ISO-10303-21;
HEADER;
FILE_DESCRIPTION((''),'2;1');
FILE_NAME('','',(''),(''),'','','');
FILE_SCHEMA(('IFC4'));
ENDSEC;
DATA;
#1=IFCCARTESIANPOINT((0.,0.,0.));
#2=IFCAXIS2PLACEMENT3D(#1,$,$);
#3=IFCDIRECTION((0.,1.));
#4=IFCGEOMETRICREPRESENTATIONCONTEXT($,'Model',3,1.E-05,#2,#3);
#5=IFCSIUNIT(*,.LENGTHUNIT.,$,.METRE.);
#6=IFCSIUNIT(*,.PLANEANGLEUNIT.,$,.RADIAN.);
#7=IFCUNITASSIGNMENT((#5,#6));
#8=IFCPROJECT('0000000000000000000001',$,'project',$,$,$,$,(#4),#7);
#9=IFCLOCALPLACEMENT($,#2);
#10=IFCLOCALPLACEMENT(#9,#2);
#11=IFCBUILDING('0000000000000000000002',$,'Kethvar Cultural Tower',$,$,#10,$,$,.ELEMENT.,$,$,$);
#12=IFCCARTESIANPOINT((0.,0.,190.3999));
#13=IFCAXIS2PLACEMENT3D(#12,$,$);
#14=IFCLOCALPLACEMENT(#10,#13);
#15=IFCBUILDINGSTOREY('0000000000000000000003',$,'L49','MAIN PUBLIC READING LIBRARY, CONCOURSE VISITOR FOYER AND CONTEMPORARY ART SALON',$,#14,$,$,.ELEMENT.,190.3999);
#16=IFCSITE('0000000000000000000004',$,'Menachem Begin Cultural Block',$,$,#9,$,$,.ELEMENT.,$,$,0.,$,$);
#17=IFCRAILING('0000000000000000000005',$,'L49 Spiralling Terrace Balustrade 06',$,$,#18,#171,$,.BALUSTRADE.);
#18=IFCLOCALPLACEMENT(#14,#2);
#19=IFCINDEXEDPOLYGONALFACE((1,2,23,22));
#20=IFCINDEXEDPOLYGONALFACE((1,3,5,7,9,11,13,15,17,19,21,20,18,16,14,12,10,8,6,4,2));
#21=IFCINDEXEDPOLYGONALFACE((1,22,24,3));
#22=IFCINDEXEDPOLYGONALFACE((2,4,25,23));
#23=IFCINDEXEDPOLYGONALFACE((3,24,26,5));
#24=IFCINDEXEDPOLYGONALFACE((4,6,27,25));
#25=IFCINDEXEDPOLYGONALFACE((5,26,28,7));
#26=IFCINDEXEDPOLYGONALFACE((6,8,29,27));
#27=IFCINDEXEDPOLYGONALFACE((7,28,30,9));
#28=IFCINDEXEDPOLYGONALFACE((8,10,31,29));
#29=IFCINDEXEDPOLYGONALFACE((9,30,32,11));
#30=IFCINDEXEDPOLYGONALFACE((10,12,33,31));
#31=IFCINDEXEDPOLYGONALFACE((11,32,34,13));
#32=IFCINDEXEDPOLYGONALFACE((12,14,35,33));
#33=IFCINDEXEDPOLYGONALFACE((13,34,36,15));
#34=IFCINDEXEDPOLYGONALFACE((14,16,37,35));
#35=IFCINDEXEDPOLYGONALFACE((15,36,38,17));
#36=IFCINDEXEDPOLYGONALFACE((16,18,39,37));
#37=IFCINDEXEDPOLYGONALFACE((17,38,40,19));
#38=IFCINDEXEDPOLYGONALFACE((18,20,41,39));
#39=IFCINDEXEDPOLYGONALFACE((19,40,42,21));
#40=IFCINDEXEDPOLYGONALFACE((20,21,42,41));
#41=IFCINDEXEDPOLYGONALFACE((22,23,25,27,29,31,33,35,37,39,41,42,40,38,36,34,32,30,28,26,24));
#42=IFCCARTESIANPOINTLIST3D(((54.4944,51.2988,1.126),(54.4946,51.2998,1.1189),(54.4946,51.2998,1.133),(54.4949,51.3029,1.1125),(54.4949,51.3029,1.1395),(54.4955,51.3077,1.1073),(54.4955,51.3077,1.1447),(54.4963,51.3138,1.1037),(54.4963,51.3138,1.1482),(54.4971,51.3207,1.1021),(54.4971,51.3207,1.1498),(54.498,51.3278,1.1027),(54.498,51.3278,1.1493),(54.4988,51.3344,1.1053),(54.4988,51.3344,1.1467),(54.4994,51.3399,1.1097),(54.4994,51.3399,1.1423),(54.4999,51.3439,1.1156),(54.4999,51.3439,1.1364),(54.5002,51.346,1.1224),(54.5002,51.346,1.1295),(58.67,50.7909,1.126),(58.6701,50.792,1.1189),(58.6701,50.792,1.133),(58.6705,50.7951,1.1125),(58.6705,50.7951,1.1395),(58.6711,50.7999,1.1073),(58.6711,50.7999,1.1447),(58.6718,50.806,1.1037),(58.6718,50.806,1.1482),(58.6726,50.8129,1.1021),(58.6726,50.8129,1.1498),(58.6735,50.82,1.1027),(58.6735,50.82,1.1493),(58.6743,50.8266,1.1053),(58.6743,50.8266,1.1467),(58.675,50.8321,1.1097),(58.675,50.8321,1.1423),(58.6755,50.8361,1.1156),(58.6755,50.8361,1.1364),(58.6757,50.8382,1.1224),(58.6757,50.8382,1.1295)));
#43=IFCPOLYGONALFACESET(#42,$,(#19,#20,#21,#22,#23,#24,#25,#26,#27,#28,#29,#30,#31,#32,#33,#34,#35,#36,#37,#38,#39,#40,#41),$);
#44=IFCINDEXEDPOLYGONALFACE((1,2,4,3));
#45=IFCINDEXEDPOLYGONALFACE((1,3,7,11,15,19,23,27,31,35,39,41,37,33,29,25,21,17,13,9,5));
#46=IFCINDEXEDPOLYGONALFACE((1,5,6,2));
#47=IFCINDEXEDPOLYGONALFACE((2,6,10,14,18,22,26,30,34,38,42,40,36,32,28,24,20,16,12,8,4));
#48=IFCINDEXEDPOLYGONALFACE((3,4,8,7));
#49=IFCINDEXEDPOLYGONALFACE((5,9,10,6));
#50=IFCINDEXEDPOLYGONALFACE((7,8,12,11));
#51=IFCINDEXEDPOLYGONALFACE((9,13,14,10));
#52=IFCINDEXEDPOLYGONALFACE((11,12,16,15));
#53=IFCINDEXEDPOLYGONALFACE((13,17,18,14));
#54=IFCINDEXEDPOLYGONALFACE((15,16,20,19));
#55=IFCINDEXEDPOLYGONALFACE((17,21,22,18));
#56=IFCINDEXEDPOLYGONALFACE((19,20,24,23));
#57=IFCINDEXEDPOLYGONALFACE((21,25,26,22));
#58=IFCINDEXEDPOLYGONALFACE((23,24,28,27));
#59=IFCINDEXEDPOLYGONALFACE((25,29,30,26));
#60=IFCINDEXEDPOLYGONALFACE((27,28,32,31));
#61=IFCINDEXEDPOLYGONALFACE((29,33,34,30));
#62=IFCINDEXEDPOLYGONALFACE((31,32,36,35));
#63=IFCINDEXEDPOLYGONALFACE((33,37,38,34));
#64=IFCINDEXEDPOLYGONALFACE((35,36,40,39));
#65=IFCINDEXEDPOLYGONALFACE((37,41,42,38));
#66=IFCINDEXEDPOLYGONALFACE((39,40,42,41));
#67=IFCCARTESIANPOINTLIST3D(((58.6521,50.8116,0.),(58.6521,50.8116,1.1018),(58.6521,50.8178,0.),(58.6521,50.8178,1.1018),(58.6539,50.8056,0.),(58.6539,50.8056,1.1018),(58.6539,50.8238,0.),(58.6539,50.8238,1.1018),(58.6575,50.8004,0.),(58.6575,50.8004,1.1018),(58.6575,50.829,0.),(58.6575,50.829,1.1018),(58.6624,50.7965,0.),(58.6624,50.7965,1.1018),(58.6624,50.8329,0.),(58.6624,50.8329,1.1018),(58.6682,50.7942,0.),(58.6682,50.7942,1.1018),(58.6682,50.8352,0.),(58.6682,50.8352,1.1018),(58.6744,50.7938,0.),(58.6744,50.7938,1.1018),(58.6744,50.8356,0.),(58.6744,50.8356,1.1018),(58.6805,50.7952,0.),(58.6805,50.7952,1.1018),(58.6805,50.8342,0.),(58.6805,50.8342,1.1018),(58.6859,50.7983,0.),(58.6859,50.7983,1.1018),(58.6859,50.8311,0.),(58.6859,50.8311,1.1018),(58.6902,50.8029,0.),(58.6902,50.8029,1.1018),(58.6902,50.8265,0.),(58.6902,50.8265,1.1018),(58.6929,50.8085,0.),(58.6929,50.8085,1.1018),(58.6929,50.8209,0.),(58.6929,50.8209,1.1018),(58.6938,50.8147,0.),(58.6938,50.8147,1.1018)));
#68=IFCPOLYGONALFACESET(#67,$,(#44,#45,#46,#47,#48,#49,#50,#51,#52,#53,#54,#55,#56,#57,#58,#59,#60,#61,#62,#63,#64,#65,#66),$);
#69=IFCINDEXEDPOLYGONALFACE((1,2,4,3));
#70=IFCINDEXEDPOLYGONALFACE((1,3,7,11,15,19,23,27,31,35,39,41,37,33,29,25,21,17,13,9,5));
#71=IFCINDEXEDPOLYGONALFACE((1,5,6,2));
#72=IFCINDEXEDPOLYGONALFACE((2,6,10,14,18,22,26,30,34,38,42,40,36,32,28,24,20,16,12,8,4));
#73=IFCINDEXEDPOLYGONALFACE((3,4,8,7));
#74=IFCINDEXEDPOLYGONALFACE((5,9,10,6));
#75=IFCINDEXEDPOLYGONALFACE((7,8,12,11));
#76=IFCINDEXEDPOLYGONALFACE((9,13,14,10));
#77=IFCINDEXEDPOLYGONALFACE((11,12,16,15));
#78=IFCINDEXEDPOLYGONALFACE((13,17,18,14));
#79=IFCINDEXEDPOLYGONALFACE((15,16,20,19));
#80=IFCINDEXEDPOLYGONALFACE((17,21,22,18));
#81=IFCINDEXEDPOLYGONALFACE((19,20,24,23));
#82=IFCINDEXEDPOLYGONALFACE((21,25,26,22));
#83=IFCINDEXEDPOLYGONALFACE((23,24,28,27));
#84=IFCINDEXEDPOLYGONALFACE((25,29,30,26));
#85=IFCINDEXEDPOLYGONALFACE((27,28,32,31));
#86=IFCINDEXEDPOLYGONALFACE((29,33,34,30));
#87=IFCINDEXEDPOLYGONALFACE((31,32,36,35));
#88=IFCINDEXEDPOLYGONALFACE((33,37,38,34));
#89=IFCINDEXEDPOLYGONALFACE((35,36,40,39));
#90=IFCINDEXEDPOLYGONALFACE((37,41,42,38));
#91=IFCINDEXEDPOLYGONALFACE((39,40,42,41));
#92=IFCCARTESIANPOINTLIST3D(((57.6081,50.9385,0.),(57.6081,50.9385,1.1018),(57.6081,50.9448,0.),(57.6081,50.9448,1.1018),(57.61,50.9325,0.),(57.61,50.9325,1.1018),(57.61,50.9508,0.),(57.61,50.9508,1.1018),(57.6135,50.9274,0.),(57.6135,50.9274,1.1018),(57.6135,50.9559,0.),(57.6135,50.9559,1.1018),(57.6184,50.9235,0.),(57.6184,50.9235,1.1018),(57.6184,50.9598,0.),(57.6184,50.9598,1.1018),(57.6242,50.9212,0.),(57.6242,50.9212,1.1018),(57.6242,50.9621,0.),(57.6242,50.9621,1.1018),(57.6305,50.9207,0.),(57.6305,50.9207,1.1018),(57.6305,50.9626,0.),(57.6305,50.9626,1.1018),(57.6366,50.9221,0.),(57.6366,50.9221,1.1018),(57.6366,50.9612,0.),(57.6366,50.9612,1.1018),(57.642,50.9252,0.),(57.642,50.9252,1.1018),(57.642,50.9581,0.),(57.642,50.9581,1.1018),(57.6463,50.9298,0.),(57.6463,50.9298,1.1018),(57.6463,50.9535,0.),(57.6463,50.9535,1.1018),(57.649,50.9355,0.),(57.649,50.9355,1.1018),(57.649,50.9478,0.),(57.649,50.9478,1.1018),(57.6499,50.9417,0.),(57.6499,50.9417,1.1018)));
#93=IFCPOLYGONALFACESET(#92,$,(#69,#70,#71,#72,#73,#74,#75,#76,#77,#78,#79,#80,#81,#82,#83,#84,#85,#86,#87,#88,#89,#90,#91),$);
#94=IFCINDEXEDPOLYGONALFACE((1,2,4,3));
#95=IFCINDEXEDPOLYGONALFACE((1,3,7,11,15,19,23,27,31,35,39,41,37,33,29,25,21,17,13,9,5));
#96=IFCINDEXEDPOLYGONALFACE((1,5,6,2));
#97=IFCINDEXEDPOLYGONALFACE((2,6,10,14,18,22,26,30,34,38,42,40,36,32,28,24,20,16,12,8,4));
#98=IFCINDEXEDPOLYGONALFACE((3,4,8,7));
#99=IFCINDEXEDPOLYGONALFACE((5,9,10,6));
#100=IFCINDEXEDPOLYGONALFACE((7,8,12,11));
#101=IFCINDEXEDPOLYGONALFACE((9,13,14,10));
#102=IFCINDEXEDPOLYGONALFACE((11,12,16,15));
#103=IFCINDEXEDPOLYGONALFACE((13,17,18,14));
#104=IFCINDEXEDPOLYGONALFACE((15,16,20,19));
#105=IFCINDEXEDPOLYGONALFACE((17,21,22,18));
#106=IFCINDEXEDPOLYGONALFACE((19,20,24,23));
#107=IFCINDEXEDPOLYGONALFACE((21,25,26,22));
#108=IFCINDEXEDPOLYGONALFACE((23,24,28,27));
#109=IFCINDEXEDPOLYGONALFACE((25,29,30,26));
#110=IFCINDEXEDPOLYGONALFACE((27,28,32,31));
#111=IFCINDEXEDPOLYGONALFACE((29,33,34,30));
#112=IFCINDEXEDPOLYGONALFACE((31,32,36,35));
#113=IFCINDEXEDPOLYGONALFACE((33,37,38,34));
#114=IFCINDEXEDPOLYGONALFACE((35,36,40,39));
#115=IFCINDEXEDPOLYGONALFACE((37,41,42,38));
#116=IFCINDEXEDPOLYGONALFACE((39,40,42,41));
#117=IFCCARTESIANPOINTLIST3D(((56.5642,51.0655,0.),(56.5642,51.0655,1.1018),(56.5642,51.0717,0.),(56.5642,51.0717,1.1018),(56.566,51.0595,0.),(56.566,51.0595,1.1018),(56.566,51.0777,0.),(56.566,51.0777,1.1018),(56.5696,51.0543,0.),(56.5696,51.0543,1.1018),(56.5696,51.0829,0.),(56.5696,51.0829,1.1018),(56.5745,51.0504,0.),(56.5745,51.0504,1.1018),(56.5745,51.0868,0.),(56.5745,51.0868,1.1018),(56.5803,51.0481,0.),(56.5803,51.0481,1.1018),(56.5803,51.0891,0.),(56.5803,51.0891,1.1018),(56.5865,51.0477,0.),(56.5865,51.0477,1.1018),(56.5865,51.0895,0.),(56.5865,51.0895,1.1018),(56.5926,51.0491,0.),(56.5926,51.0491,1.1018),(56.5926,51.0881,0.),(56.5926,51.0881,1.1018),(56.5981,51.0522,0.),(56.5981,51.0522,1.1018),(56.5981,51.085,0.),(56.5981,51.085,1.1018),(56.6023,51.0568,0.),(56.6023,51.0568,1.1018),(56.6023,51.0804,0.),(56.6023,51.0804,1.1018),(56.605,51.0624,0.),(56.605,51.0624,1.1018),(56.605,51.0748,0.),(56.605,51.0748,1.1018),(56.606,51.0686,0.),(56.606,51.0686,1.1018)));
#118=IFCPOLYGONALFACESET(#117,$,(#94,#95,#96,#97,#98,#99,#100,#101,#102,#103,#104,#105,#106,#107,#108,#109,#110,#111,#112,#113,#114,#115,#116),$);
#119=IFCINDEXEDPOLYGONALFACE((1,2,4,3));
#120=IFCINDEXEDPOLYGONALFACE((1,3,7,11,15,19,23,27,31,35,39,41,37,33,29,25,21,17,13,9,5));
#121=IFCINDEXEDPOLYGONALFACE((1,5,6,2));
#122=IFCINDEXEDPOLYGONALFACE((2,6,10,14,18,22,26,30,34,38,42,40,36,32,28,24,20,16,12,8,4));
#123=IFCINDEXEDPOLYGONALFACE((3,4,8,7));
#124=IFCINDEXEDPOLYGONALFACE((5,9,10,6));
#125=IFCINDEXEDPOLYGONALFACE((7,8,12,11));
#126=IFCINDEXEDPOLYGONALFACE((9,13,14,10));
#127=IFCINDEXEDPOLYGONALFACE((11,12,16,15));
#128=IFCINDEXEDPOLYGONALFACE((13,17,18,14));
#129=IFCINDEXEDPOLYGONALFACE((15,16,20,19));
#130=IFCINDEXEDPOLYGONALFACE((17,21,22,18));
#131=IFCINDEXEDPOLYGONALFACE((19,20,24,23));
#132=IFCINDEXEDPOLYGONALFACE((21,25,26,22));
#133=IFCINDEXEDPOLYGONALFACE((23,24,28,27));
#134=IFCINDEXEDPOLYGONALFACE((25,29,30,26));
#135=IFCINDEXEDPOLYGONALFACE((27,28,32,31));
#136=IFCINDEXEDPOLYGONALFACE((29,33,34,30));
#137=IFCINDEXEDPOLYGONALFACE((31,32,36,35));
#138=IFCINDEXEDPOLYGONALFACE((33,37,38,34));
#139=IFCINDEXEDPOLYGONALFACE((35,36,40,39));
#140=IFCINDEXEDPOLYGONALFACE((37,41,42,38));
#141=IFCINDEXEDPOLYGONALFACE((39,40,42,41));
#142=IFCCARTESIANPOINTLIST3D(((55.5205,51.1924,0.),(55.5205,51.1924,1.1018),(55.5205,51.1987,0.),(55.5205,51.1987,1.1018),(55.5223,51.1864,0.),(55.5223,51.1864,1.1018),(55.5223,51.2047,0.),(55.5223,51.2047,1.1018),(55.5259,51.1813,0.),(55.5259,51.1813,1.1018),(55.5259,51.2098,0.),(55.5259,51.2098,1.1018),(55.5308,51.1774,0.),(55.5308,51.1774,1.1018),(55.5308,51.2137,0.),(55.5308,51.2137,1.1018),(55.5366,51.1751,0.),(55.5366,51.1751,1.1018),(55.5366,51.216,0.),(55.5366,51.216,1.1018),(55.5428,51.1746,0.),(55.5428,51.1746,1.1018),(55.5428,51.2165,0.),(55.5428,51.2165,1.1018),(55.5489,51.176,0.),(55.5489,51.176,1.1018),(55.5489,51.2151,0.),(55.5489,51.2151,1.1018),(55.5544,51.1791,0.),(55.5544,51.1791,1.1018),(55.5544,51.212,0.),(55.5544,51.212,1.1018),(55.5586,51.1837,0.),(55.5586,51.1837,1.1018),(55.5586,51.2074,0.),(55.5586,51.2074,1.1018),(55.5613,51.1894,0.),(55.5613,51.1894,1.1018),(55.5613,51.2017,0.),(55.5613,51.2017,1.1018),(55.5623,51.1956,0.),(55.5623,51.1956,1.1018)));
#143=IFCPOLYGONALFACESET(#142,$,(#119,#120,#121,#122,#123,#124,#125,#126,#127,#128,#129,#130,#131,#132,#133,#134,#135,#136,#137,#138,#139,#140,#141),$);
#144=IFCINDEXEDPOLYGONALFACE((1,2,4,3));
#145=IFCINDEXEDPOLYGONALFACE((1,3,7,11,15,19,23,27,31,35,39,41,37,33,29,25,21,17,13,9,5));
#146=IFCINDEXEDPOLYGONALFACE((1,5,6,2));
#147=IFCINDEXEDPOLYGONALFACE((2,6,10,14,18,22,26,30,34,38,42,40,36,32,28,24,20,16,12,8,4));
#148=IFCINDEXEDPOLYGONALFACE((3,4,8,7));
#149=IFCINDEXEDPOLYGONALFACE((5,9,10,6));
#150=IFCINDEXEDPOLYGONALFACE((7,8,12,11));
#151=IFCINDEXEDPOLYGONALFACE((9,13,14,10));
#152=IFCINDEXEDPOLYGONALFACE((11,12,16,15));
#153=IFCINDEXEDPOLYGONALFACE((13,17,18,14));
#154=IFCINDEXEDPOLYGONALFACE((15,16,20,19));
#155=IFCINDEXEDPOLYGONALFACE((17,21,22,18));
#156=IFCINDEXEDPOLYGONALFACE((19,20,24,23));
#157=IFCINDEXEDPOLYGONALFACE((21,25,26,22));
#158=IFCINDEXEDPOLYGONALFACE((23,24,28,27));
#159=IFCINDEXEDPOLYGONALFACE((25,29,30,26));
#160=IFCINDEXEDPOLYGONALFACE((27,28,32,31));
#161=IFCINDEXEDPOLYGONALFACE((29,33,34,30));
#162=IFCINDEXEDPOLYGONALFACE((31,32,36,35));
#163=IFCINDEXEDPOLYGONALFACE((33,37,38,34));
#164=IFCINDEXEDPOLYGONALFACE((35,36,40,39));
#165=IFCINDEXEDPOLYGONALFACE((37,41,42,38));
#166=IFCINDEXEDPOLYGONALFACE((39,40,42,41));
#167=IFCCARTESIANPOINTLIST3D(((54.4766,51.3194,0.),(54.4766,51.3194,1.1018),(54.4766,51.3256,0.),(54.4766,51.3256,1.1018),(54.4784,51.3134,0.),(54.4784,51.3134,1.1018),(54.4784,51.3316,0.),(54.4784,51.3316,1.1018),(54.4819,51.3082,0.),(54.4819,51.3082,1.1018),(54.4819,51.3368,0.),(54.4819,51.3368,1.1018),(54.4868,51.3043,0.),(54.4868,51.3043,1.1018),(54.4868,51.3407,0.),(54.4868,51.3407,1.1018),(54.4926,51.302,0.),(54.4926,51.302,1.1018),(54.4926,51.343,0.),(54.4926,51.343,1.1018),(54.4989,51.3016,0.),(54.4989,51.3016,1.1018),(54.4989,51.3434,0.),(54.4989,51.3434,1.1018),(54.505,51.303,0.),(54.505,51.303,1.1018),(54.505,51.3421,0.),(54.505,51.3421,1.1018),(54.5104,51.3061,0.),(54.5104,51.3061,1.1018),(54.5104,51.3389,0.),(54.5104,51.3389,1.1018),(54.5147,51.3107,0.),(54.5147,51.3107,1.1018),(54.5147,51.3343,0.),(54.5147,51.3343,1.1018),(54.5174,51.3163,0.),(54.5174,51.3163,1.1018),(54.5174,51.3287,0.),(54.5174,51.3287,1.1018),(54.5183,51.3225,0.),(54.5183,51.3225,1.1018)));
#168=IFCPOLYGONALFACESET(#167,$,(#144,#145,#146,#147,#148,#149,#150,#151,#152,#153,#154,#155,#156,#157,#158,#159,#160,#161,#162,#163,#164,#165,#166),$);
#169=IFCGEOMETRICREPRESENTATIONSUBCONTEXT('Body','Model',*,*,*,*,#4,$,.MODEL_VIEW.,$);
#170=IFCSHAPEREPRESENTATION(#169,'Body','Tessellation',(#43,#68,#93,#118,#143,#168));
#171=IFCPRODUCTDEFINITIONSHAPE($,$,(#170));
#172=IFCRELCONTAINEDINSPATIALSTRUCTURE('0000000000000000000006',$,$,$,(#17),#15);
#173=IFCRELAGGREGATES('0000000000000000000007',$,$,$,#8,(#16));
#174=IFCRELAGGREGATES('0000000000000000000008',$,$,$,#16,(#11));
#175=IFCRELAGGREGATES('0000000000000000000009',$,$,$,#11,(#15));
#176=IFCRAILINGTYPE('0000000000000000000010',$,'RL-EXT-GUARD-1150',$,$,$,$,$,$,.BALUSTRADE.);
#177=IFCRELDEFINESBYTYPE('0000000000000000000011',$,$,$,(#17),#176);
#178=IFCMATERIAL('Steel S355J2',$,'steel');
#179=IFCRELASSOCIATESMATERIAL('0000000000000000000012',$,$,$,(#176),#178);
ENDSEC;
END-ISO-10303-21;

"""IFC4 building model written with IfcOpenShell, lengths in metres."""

from ifc_helpers import new_model, si_unit, direction, frame, origin, origin_2d, place, context, subcontext, project, spatial, circle, extrude, material, type_object, element, save


model = new_model("IFC4")

# Units and contexts
model_context = context("Model", 3, precision=1e-05, world=origin(), true_north=direction((0.0, 1.0)))
body_context = subcontext(model_context, "Body", "Model", "MODEL_VIEW")
ifc_project = project(units=[si_unit("LENGTHUNIT", "METRE"), si_unit("PLANEANGLEUNIT", "RADIAN")], contexts=[model_context])

# Site, building, storey
site_placement = place(None, origin())
site = spatial("IfcSite", under=ifc_project, at=site_placement, Name="Menachem Begin Cultural Block", CompositionType="ELEMENT", RefElevation=0.0)
building_placement = place(site_placement, origin())
building = spatial("IfcBuilding", under=site, at=building_placement, Name="Kethvar Cultural Tower", CompositionType="ELEMENT")
storey_placement = place(building_placement, frame((0.0, 0.0, 190.3999)))
storey = spatial("IfcBuildingStorey", under=building, at=storey_placement, Name="L49", Description="MAIN PUBLIC READING LIBRARY, CONCOURSE VISITOR FOYER AND CONTEMPORARY ART SALON", CompositionType="ELEMENT", Elevation=190.3999)

# Shared definitions
ifc_material_1 = material(Name="Steel S355J2", Category="steel")

# Railing
railing_type = type_object("IfcRailingType", Name="RL-EXT-GUARD-1150", PredefinedType="BALUSTRADE", material=ifc_material_1)
railing_1_placement = place(storey_placement, frame((58.6729, 50.8147, 0.0)))
element("IfcRailing", 1, at=railing_1_placement, inside=storey, type_object=railing_type, Name="L49 Spiralling Terrace Balustrade 06", PredefinedType="BALUSTRADE", context=body_context, shape_type="SweptSolid", body=[
    extrude(circle(Radius=0.0239, at=origin_2d()), frame((0.0, 0.0, 1.126), z_axis=(-0.992686, 0.120727, 0.0), x_axis=(-0.120727, -0.992686, 0.0)), (0.0, 0.0, 1.0), 4.2063),
    extrude(circle(Radius=0.021, at=origin_2d()), origin(), (0.0, 0.0, 1.0), 1.1018),
    extrude(circle(Radius=0.021, at=origin_2d()), frame((-1.0439, 0.127, 0.0)), (0.0, 0.0, 1.0), 1.1018),
    extrude(circle(Radius=0.021, at=origin_2d()), frame((-2.0879, 0.2539, 0.0)), (0.0, 0.0, 1.0), 1.1018),
    extrude(circle(Radius=0.021, at=origin_2d()), frame((-3.1316, 0.3809, 0.0)), (0.0, 0.0, 1.0), 1.1018),
    extrude(circle(Radius=0.021, at=origin_2d()), frame((-4.1755, 0.5078, 0.0)), (0.0, 0.0, 1.0), 1.1018),
])

save(model, "model.ifc")
